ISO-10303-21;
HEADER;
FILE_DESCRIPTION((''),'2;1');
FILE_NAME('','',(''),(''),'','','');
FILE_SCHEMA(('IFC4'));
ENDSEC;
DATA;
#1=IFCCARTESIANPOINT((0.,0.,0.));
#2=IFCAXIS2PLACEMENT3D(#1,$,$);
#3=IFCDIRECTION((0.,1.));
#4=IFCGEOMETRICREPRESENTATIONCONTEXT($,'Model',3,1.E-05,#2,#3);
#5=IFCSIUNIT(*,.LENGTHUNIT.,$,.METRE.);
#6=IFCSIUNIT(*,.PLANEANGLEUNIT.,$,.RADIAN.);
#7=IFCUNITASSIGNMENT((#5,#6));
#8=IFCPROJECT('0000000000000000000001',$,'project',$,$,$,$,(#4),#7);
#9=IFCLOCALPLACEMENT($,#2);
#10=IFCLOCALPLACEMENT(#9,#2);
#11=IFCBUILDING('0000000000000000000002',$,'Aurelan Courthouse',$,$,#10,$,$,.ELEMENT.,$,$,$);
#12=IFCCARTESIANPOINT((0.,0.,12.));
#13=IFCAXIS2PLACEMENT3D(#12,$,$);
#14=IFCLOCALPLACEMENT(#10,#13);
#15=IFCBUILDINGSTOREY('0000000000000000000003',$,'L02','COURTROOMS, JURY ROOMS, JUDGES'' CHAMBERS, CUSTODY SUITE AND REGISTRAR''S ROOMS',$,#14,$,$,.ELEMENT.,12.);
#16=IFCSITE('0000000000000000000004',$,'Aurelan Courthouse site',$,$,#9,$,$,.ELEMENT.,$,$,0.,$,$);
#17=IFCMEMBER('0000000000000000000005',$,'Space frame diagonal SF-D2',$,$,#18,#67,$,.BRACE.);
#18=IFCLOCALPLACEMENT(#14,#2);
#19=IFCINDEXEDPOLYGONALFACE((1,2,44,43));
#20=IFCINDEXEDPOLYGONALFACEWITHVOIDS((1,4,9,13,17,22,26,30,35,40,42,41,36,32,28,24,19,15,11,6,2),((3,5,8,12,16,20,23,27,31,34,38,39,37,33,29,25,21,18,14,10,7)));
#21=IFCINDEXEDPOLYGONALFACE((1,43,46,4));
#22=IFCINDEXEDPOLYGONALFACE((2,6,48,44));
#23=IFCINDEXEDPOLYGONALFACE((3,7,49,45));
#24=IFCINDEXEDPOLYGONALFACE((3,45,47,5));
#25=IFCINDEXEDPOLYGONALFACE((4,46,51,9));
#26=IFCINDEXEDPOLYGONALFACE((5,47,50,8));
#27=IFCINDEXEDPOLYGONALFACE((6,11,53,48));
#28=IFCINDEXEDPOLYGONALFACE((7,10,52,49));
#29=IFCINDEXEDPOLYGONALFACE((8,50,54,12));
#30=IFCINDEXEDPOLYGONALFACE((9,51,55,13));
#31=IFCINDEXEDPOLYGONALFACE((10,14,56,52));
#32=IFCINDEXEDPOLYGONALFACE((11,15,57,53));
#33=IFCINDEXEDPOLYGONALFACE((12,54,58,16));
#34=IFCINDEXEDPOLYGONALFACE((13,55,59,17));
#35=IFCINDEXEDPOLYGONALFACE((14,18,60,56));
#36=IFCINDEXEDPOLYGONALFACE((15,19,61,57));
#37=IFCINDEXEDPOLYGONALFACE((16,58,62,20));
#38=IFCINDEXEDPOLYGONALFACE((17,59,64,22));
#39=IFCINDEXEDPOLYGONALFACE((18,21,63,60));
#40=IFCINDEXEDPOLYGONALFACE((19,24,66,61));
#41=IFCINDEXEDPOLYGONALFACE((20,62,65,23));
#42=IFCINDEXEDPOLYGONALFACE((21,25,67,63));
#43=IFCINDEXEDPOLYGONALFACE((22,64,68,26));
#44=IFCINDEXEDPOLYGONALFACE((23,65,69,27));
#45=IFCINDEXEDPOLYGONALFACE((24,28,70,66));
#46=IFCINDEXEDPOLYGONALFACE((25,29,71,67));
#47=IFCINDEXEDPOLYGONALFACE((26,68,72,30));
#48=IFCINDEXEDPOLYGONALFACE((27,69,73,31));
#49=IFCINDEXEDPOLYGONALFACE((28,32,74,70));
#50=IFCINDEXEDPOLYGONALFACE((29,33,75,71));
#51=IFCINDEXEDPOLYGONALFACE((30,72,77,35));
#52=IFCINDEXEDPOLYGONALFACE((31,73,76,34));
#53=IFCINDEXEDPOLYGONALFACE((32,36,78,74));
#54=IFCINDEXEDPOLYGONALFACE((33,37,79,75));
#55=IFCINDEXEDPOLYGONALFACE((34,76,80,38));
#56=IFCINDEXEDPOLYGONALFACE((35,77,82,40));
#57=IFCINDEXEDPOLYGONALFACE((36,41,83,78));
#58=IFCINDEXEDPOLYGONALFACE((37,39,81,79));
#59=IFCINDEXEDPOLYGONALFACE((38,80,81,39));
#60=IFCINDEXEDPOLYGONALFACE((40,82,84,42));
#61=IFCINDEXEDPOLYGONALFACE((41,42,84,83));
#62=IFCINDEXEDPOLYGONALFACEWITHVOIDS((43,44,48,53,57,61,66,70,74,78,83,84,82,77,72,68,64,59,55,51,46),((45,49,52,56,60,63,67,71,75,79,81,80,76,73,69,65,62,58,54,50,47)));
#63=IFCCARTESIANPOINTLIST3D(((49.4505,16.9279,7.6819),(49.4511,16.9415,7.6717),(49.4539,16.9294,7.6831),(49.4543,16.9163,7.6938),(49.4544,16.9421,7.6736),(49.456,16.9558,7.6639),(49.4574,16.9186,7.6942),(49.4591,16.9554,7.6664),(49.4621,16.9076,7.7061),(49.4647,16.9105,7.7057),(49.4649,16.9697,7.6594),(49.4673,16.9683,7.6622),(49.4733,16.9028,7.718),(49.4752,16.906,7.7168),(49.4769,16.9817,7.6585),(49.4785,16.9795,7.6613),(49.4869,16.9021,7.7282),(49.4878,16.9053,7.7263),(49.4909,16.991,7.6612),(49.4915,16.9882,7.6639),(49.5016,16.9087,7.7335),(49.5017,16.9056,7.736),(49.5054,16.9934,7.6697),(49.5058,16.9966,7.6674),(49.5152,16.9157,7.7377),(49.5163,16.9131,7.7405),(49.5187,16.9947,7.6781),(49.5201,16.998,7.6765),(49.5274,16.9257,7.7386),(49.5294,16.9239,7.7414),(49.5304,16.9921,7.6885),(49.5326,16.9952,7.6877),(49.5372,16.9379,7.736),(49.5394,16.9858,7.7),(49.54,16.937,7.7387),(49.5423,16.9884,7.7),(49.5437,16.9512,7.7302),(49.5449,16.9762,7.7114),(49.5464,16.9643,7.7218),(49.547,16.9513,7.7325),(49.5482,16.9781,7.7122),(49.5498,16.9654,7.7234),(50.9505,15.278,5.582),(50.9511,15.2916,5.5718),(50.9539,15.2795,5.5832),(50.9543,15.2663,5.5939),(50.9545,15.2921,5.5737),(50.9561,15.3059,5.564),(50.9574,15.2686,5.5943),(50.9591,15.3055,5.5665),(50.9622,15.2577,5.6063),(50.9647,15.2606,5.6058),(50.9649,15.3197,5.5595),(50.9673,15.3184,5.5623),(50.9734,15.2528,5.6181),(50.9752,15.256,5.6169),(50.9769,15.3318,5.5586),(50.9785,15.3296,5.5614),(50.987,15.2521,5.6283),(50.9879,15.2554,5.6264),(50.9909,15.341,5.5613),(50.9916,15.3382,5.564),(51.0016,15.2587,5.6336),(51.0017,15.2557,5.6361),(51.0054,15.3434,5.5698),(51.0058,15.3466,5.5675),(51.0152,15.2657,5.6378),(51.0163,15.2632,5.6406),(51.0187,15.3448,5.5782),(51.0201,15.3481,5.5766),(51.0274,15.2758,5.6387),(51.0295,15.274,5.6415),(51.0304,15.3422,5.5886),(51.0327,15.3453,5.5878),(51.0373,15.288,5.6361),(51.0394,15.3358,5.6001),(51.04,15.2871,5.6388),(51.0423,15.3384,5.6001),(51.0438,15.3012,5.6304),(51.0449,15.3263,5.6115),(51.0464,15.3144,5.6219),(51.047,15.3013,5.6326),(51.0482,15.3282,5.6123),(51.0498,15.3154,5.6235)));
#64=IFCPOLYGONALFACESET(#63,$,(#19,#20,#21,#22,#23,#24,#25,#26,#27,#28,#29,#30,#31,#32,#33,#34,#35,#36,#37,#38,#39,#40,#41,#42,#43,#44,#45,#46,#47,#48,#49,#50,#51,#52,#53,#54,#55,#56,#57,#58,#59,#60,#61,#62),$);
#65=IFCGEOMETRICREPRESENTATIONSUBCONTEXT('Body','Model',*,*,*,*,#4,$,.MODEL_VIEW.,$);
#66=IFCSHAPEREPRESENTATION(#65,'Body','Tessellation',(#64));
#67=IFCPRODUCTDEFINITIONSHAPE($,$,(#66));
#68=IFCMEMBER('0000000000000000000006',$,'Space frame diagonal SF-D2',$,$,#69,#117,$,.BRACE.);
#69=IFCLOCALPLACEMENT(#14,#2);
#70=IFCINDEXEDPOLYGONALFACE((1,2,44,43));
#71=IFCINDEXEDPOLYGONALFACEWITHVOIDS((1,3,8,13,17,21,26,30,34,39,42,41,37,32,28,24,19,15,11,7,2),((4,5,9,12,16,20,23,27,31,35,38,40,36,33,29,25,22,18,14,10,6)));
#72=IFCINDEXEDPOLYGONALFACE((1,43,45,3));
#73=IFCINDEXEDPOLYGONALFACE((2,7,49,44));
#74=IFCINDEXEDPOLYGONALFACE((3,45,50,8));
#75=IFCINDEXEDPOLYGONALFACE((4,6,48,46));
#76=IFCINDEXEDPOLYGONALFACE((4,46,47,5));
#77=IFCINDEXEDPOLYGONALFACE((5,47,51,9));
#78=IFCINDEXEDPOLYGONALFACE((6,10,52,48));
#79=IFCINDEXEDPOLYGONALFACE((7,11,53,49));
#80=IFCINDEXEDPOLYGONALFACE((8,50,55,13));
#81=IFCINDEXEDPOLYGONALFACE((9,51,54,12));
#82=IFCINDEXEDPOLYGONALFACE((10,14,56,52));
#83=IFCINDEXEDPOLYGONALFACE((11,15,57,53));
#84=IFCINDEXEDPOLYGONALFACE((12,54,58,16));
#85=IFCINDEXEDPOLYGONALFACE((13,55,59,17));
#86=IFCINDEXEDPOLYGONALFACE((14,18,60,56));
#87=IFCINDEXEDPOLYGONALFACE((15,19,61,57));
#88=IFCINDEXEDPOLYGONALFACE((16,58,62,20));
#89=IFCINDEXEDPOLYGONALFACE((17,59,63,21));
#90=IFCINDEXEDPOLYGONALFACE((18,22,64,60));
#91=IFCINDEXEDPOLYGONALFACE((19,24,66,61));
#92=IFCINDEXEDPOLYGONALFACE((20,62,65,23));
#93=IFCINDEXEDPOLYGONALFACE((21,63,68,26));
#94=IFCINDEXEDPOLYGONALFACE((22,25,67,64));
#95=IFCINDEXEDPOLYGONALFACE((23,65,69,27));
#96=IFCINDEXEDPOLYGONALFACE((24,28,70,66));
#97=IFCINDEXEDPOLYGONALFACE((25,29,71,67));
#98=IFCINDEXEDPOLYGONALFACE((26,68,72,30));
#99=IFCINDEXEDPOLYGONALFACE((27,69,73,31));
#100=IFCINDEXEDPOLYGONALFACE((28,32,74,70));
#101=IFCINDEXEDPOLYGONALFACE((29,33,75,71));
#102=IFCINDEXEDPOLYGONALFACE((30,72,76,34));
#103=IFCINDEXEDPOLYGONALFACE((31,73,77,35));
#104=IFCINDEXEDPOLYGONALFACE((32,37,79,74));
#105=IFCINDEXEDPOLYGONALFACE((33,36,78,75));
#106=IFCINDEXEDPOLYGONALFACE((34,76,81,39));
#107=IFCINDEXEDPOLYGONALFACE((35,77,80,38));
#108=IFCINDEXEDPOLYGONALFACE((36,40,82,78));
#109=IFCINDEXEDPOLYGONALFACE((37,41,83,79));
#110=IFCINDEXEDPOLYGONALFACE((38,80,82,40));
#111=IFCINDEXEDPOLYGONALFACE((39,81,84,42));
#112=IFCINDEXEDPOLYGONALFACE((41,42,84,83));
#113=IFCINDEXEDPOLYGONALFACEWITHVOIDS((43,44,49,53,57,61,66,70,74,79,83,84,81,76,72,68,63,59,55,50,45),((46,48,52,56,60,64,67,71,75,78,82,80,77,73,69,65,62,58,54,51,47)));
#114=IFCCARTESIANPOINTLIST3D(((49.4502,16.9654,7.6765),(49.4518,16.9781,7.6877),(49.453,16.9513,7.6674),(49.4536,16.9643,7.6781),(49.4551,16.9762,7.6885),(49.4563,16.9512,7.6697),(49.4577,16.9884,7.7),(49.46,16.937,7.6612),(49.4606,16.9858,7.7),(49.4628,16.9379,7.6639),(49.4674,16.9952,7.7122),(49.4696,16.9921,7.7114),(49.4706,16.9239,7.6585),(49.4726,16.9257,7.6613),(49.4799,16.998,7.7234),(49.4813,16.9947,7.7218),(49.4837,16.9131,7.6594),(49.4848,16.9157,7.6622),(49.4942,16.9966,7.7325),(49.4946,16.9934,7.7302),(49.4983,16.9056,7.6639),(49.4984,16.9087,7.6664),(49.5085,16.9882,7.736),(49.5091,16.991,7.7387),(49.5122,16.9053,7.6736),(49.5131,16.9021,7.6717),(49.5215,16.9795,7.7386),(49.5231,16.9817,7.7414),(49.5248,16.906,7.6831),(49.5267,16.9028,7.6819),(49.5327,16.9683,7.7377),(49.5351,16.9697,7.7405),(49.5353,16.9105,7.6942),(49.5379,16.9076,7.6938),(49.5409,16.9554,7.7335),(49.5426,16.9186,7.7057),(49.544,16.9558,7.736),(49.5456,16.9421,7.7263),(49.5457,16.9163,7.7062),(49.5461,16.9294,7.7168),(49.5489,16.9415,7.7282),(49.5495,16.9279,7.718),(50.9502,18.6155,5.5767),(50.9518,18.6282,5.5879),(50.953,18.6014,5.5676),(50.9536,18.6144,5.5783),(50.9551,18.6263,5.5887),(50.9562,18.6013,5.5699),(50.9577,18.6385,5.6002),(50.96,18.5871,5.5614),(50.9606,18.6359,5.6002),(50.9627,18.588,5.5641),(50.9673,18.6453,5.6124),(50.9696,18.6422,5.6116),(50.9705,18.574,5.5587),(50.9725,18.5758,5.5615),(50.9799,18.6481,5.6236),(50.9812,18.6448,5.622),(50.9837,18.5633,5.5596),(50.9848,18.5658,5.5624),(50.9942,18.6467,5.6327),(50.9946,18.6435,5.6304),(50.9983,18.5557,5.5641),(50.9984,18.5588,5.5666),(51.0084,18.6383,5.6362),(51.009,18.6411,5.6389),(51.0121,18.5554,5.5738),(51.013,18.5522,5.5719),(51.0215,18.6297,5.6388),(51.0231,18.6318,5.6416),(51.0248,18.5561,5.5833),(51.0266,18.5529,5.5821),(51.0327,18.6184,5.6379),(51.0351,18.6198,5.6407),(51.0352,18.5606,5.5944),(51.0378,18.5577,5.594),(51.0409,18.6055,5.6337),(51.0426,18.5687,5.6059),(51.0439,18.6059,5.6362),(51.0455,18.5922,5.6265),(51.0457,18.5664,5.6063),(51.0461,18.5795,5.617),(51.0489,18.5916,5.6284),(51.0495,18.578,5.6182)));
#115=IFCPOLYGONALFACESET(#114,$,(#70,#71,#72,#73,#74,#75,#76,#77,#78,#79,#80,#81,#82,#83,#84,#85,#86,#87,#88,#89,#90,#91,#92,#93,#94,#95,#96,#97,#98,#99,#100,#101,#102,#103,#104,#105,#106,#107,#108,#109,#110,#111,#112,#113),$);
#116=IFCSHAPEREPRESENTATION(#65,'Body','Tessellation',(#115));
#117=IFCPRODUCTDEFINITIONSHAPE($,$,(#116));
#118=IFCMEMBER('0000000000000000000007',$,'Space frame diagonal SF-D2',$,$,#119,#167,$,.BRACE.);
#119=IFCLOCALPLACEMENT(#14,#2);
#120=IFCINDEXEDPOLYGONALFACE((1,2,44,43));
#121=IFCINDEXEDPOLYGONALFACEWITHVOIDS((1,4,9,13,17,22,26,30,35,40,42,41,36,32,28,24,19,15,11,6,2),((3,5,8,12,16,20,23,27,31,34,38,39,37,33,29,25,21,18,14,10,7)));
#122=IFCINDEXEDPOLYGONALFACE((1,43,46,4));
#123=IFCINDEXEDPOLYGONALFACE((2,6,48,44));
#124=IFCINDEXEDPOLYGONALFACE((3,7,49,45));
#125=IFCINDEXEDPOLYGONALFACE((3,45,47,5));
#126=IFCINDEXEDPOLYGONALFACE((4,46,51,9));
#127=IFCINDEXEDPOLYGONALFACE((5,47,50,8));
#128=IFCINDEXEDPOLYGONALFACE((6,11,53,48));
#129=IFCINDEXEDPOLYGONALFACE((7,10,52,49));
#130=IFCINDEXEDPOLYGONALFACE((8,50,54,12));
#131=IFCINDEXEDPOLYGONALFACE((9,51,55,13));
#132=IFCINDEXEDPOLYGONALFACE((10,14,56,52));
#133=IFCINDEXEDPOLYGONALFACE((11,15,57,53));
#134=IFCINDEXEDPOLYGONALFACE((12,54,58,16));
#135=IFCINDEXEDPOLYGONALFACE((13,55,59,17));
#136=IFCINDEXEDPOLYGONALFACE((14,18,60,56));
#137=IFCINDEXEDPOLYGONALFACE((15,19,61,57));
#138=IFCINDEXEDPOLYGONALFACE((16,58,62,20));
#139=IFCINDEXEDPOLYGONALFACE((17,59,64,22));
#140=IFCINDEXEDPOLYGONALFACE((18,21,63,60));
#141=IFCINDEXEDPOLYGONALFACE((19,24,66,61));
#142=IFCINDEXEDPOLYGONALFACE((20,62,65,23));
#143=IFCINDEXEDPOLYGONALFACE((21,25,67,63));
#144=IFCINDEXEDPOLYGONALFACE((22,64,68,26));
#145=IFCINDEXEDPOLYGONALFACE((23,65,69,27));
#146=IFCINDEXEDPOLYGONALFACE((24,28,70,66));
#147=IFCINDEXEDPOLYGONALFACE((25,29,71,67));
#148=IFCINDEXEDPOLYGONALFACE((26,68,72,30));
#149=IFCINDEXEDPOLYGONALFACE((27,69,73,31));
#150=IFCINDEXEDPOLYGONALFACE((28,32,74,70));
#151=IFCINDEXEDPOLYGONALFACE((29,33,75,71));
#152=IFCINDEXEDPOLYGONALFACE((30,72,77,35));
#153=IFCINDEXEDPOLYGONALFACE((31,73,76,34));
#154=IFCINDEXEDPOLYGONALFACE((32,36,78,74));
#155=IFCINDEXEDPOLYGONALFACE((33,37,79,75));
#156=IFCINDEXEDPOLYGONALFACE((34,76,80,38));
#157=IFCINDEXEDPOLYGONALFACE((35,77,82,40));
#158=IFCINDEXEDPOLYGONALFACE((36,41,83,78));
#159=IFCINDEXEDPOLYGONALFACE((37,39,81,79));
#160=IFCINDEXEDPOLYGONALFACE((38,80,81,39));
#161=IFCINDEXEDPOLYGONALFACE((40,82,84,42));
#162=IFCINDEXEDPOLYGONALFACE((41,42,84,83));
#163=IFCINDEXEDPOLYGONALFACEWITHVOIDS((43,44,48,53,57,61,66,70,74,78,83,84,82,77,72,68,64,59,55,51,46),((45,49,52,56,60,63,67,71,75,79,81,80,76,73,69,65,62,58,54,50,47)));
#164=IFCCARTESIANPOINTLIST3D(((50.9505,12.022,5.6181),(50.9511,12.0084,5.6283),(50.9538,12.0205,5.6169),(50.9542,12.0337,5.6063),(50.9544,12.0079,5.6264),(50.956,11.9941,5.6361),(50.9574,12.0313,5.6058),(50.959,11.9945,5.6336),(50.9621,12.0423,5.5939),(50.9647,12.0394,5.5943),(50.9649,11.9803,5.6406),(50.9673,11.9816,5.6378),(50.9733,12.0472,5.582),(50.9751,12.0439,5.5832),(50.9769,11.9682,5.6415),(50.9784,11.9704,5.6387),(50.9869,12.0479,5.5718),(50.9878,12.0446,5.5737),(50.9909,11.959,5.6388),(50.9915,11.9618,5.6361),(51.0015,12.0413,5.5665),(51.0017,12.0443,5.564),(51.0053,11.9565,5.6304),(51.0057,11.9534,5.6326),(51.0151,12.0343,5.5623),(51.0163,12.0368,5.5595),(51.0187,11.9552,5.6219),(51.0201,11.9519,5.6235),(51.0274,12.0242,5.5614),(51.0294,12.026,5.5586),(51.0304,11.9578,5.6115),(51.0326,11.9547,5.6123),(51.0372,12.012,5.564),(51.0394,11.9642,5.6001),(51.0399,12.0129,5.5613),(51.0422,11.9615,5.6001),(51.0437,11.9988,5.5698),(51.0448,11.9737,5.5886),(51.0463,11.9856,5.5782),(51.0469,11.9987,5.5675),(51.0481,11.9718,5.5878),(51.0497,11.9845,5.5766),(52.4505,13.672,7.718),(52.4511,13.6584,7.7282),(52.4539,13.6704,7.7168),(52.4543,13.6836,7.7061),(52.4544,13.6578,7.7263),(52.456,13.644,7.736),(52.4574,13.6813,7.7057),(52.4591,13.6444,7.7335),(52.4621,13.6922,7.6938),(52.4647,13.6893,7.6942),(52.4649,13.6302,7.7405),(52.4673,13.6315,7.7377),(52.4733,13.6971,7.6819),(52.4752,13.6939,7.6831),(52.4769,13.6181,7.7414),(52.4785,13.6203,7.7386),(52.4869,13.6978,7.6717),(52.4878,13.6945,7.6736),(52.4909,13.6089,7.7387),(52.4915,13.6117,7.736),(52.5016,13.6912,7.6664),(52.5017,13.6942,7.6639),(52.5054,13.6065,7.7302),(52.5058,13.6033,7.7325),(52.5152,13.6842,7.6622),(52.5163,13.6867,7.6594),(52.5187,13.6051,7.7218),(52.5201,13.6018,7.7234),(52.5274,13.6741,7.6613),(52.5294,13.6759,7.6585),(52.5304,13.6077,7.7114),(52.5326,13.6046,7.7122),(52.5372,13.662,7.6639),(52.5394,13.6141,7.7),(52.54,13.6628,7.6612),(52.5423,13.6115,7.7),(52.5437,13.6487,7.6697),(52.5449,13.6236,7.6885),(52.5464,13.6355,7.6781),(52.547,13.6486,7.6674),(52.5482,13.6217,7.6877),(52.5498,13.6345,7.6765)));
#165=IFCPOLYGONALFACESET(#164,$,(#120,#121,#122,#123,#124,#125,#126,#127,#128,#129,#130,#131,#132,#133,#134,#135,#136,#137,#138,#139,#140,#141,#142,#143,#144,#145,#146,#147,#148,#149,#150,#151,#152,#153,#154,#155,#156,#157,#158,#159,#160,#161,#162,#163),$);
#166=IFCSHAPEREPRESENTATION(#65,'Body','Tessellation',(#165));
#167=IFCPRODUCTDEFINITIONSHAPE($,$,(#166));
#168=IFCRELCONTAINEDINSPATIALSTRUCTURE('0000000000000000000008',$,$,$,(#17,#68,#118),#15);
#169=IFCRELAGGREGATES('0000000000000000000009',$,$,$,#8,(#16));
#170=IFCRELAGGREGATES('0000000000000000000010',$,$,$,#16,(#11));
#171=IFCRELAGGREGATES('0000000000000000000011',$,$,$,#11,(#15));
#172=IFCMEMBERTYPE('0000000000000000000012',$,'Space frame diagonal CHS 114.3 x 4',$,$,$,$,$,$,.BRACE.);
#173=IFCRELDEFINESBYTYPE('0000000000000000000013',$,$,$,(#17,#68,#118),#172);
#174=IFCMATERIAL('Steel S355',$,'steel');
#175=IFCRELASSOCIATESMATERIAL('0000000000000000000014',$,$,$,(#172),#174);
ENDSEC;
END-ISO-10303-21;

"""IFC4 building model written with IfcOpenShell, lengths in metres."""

from ifc_helpers import new_model, si_unit, direction, frame, origin, origin_2d, place, context, subcontext, project, spatial, hollow_circle, extrude, material, material_profile, profile_set, type_object, element, save


model = new_model("IFC4")

# Units and contexts
model_context = context("Model", 3, precision=1e-05, world=origin(), true_north=direction((0.0, 1.0)))
body_context = subcontext(model_context, "Body", "Model", "MODEL_VIEW")
ifc_project = project(units=[si_unit("LENGTHUNIT", "METRE"), si_unit("PLANEANGLEUNIT", "RADIAN")], contexts=[model_context])

# Site, building, storey
site_placement = place(None, origin())
site = spatial("IfcSite", under=ifc_project, at=site_placement, Name="Aurelan Courthouse site", CompositionType="ELEMENT", RefElevation=0.0)
building_placement = place(site_placement, origin())
building = spatial("IfcBuilding", under=site, at=building_placement, Name="Aurelan Courthouse", CompositionType="ELEMENT")
storey_placement = place(building_placement, frame((0.0, 0.0, 12.0)))
storey = spatial("IfcBuildingStorey", under=building, at=storey_placement, Name="L02", Description="COURTROOMS, JURY ROOMS, JUDGES' CHAMBERS, CUSTODY SUITE AND REGISTRAR'S ROOMS", CompositionType="ELEMENT", Elevation=12.0)

# Members
ifc_material_1 = material(Name="Steel S355", Category="steel")
ifc_material_profile_1 = material_profile(ifc_material_1, hollow_circle(Radius=0.0571, WallThickness=0.0039, at=origin_2d()), Name="CHS 114.3 x 4")
ifc_profile_set_1 = profile_set([ifc_material_profile_1], Name="Steel S355")
member_type_1 = type_object("IfcMemberType", Name="Space frame diagonal CHS 114.3 x 4", PredefinedType="BRACE", material=ifc_profile_set_1)
for number, where, z_axis, x_axis, name in (
    (1, (49.5, 16.95, 7.7), (0.489727, -0.538667, -0.685569), (0.73992, 0.672695, 0.0), "Space frame diagonal SF-D2"),
    (2, (49.5, 16.95, 7.7), (0.489706, 0.538724, -0.68554), (-0.73997, 0.67264, 0.0), "Space frame diagonal SF-D2"),
    (3, (52.5, 13.6499, 7.7), (-0.489727, -0.538667, -0.685569), (0.73992, -0.672695, 0.0), "Space frame diagonal SF-D2"),
):
    element("IfcMember", number, at=place(storey_placement, frame(where, z_axis=z_axis, x_axis=x_axis)), inside=storey, type_object=member_type_1, Name=name, PredefinedType="BRACE", context=body_context, shape_type="SweptSolid", body=[
        extrude(hollow_circle(Radius=0.0571, WallThickness=0.0039, at=origin_2d()), origin(), (0.0, 0.0, 1.0), 3.063),
    ])

save(model, "model.ifc")
